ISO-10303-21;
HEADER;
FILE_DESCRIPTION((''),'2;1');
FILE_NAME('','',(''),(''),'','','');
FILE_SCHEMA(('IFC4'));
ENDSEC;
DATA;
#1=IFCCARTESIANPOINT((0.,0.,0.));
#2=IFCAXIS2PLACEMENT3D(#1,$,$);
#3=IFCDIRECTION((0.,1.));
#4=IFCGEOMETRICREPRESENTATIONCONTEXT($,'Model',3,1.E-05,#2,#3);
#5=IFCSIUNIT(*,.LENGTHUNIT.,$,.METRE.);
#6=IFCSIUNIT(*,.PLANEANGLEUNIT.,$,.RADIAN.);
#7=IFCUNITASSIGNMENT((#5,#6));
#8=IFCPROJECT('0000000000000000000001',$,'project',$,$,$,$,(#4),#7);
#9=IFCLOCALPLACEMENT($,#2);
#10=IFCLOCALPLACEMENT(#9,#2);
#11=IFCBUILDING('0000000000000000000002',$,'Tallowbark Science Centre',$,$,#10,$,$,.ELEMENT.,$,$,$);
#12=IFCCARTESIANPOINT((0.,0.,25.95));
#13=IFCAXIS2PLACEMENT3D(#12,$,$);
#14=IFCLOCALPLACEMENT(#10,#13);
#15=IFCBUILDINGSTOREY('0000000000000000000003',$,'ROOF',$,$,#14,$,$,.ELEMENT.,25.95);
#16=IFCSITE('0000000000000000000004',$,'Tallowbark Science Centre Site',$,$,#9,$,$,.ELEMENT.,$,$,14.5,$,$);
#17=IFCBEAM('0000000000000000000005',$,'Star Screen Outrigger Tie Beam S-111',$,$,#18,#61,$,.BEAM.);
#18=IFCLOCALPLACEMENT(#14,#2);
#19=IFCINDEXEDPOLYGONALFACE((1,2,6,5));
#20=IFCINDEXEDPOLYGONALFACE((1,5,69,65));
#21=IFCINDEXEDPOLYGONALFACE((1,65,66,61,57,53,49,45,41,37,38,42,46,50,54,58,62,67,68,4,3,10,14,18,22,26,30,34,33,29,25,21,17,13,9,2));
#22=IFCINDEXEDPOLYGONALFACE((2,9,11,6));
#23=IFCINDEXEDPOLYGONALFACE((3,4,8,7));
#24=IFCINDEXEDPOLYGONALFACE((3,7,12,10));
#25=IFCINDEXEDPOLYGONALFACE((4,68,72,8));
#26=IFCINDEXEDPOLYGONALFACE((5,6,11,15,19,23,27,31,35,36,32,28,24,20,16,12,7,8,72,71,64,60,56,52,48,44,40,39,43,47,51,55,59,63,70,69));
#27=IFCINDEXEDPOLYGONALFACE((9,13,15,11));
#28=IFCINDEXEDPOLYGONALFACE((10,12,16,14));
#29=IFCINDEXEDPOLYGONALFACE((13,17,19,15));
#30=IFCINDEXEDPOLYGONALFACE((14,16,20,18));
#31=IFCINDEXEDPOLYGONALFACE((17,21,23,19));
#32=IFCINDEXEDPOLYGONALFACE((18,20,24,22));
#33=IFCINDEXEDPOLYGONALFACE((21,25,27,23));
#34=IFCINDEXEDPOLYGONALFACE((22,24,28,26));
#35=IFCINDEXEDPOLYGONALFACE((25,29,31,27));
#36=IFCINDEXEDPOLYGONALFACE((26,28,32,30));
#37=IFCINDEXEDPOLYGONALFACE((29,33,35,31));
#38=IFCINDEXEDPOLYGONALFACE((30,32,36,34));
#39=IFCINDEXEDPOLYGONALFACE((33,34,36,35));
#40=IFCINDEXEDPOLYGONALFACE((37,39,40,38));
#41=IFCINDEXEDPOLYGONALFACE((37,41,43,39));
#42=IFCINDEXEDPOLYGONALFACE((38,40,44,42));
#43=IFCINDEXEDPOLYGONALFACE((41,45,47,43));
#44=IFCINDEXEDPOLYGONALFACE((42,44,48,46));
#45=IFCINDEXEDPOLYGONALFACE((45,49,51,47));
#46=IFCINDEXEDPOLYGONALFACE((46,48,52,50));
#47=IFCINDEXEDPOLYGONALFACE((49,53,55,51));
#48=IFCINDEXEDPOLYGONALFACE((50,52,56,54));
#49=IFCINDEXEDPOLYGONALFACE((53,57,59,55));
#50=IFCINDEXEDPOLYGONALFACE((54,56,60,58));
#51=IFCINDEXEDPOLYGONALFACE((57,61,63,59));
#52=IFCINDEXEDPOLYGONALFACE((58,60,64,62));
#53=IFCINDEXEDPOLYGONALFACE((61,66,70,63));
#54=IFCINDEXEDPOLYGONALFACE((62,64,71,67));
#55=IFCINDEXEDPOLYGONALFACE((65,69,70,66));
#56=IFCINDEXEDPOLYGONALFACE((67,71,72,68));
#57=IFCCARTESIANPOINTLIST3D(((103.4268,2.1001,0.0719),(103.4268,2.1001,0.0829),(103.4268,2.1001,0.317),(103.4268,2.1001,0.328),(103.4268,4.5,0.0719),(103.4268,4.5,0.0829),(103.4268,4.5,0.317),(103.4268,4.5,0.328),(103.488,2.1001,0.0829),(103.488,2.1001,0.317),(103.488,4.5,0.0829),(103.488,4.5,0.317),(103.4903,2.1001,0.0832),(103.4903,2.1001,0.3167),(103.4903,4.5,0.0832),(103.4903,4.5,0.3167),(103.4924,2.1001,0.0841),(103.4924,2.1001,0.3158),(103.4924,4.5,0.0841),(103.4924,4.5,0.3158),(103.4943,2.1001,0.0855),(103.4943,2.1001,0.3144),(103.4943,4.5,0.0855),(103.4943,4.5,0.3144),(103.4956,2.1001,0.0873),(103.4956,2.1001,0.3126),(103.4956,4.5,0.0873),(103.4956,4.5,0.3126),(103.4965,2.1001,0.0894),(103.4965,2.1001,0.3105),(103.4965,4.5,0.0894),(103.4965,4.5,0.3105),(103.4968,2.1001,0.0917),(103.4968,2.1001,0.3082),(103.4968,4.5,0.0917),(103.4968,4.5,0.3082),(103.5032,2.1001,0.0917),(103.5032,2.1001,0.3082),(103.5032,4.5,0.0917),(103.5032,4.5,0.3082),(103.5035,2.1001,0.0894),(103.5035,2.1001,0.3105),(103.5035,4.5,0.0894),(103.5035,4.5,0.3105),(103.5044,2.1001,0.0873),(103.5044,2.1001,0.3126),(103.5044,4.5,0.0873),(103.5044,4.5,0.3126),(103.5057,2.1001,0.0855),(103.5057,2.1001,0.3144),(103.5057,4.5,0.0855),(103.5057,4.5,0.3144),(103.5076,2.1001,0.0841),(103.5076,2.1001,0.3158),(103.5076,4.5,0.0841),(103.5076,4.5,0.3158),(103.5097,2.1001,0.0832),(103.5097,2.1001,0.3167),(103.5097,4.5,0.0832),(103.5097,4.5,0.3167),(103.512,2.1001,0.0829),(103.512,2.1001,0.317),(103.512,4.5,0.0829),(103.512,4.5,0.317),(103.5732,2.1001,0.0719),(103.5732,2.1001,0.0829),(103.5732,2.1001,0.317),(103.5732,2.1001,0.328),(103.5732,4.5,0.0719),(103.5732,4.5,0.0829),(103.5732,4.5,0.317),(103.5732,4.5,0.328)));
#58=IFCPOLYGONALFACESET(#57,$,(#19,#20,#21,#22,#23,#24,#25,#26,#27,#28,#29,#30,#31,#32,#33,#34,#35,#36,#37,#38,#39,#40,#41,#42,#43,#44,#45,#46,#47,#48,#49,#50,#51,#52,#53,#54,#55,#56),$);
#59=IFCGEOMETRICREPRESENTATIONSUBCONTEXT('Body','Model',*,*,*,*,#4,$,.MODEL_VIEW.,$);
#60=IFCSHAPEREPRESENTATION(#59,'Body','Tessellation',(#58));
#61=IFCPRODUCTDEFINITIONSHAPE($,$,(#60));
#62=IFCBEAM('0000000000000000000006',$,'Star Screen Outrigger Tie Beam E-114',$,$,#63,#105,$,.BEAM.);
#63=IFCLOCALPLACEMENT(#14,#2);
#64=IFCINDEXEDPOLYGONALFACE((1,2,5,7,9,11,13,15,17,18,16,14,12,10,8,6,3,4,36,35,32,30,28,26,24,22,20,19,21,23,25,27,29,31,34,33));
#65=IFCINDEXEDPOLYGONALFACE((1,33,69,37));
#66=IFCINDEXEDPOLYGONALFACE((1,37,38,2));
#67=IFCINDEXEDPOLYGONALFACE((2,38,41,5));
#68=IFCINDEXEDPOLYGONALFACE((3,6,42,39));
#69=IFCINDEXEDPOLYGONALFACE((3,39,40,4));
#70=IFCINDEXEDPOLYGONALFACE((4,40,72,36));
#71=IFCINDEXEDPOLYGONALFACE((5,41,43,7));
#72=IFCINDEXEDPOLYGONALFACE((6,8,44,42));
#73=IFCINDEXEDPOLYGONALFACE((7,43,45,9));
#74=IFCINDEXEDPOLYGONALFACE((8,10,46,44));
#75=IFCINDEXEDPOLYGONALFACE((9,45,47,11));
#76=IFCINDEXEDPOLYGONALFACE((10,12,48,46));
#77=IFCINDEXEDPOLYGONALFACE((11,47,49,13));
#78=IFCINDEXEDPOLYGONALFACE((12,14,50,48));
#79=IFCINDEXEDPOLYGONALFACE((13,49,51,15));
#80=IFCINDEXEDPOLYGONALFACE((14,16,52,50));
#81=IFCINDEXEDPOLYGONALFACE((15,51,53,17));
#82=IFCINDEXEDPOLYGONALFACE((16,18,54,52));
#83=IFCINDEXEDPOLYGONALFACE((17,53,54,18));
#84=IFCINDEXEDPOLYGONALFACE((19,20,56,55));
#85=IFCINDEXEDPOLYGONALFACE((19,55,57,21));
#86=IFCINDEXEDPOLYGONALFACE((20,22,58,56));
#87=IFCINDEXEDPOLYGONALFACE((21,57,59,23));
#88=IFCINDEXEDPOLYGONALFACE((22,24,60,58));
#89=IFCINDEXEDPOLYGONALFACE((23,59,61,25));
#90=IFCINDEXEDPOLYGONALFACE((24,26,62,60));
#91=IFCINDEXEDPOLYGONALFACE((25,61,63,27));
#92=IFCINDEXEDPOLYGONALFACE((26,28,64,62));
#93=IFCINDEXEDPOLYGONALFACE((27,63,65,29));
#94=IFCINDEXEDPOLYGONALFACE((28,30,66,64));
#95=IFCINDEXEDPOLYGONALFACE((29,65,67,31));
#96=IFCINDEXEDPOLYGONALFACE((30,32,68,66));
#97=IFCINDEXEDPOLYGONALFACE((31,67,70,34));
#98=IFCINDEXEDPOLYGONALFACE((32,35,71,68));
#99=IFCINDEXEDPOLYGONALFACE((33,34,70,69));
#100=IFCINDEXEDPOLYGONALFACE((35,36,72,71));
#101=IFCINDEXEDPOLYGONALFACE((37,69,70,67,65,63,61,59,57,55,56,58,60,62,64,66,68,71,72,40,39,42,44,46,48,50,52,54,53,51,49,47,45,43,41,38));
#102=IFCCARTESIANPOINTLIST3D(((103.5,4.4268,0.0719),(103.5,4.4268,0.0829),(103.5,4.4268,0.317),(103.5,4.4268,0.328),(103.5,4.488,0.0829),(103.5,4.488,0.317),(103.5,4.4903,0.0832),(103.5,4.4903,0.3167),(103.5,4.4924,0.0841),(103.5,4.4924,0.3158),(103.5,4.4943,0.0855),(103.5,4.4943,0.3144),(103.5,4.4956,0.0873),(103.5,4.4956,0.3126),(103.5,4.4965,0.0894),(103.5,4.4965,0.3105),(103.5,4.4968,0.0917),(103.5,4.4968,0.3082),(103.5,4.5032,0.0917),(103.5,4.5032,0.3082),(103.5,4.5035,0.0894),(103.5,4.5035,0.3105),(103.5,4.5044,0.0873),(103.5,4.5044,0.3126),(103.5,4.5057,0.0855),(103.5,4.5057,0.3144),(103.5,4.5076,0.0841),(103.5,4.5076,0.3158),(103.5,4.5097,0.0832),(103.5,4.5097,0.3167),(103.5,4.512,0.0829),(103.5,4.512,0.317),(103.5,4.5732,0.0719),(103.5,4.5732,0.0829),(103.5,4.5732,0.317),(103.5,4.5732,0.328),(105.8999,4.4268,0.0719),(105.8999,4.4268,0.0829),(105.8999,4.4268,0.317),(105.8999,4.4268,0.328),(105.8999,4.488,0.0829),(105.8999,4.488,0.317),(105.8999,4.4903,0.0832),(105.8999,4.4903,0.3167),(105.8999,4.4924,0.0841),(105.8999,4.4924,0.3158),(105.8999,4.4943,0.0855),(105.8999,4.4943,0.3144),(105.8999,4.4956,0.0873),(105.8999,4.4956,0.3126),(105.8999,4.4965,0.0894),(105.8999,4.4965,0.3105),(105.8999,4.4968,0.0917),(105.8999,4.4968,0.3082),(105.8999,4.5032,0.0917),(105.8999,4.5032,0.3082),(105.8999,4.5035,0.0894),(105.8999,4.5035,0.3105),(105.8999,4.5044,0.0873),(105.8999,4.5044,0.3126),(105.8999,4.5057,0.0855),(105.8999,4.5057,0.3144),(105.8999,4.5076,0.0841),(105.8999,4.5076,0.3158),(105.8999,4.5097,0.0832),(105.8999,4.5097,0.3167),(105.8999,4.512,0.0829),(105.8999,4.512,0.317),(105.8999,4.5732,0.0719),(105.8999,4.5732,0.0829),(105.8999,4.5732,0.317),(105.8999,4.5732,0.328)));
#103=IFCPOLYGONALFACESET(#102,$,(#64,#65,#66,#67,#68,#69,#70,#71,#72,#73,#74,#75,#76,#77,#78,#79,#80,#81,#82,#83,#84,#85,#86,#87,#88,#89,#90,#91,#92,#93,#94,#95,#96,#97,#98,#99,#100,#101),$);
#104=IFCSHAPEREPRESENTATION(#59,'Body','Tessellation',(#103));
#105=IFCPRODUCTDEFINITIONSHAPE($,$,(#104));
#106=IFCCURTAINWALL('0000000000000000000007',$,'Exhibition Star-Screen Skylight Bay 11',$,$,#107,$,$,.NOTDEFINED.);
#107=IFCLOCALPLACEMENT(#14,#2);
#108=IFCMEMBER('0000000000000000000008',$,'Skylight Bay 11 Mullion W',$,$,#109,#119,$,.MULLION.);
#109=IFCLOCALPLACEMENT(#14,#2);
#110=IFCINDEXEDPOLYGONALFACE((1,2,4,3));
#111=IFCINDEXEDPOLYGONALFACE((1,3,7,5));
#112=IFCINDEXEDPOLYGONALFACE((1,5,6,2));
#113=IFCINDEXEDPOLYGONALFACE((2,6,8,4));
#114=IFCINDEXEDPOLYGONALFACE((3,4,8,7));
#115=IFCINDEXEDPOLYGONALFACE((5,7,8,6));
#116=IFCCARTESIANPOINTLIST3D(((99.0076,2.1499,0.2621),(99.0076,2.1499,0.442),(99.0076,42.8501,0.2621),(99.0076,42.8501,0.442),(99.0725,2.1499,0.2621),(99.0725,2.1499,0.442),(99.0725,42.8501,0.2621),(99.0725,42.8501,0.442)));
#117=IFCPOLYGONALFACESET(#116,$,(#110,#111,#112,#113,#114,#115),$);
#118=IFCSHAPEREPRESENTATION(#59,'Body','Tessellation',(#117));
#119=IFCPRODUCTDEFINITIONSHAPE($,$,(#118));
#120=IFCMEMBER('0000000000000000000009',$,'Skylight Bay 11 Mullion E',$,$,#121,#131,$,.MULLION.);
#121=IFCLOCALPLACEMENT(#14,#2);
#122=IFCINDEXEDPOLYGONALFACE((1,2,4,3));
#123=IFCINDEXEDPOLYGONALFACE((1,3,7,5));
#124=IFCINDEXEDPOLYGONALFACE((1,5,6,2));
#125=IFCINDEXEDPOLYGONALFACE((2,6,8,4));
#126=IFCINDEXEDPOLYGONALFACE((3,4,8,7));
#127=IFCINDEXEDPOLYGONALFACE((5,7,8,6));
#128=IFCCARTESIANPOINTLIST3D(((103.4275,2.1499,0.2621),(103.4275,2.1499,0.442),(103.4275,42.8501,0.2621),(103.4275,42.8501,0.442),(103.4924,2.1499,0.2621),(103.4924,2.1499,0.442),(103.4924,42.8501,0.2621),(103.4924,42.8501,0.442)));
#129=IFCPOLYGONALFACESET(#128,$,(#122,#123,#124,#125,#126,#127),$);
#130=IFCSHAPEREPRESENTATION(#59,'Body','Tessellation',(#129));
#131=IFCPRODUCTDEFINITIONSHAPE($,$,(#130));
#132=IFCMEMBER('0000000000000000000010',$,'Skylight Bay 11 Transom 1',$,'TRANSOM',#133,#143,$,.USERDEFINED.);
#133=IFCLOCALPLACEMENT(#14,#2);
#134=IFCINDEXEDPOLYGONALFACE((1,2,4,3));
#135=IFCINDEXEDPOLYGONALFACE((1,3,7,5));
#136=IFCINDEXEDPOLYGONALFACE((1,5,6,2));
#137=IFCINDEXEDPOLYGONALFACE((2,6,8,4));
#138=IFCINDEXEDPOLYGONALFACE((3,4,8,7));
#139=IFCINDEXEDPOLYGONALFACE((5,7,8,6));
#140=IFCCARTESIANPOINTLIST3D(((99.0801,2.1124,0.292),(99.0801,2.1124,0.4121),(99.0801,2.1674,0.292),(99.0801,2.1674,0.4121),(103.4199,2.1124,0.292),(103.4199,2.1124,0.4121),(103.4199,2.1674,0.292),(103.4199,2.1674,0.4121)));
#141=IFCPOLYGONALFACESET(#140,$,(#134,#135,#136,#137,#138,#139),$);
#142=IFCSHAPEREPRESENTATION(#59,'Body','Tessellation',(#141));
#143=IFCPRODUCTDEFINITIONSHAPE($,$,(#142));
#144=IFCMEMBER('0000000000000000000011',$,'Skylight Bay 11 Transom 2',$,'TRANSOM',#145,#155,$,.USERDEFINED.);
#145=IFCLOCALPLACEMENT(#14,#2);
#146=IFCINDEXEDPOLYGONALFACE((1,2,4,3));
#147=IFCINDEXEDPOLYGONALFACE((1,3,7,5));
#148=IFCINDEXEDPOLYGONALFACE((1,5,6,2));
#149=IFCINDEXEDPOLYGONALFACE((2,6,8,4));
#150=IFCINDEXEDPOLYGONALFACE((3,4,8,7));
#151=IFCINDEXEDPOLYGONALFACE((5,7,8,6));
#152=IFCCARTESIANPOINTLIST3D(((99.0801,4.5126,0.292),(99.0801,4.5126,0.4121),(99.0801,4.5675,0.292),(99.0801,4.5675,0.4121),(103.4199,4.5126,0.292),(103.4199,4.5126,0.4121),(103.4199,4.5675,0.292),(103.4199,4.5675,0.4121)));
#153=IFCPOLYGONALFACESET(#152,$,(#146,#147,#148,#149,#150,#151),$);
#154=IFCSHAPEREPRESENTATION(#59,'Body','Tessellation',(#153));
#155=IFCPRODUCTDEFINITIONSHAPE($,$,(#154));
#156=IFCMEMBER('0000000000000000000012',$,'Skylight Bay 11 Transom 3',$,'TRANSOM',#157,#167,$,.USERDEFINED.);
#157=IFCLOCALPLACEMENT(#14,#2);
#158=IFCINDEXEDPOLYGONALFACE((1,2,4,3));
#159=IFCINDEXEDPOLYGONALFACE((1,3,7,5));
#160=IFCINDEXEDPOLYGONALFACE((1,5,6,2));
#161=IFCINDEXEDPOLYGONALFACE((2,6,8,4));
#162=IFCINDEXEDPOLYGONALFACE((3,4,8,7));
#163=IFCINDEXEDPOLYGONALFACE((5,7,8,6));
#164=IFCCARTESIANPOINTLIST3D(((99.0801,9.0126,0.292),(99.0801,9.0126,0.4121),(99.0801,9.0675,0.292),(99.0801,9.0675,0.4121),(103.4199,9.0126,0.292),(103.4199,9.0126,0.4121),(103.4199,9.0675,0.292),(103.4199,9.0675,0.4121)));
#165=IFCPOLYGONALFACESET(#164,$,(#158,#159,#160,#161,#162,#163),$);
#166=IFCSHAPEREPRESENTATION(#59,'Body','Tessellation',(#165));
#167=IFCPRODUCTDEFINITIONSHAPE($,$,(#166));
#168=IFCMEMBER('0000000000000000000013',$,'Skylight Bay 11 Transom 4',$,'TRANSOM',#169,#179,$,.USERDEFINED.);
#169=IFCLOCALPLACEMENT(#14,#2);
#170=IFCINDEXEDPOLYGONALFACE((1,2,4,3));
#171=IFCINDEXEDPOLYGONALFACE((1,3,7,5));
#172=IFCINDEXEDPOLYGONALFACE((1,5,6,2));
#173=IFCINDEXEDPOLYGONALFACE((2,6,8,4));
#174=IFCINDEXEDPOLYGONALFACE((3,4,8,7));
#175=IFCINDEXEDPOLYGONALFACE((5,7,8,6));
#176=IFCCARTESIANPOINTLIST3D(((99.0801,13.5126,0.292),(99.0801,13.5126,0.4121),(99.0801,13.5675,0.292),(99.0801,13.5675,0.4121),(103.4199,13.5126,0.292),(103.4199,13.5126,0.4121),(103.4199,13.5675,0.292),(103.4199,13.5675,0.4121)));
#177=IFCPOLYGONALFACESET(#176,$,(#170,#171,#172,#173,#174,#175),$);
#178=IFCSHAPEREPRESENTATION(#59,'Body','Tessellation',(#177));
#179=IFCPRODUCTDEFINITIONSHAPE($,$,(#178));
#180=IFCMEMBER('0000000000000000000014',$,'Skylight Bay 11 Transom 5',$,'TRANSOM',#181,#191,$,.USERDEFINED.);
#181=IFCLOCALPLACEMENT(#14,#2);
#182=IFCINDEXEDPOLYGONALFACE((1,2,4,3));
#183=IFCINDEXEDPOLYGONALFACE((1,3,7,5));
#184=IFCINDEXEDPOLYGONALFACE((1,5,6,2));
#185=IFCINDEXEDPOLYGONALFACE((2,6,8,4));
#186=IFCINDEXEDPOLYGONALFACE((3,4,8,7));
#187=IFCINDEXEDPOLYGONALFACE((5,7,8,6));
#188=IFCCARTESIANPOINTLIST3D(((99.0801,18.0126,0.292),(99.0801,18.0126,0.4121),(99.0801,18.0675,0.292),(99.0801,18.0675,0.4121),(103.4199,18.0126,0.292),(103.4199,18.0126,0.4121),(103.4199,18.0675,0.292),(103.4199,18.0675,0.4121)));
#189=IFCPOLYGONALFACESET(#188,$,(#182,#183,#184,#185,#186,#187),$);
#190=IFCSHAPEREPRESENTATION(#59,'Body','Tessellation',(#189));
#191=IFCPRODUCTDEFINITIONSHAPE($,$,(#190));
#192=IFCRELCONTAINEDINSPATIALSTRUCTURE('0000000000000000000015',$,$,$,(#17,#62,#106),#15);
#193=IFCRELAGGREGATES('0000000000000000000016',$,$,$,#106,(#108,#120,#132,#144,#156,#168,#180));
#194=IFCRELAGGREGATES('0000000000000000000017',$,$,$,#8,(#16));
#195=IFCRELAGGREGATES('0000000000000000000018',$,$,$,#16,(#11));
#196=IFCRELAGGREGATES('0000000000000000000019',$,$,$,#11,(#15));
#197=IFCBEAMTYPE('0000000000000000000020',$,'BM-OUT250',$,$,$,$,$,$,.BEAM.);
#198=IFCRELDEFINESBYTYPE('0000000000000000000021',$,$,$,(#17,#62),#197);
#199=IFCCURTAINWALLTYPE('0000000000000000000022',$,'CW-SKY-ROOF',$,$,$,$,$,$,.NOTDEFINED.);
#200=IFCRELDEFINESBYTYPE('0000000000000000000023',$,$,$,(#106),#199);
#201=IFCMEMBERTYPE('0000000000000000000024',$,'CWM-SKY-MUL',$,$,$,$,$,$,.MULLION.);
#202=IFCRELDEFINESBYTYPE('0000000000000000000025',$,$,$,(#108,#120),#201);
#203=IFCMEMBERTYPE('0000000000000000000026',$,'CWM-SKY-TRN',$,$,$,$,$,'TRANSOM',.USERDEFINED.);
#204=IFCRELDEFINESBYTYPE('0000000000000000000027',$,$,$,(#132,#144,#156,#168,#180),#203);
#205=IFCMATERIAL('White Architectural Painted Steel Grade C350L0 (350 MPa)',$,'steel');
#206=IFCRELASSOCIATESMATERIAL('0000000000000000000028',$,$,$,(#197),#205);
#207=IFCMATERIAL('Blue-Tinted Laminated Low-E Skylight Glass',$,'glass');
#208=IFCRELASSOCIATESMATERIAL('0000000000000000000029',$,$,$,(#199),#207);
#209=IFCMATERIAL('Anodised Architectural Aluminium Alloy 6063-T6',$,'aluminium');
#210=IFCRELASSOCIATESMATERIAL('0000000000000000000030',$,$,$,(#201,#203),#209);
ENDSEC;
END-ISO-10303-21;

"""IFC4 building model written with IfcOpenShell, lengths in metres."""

from ifc_helpers import new_model, si_unit, direction, frame, origin, origin_2d, place, context, subcontext, project, spatial, rectangle, i_section, extrude, material, material_profile, profile_set, type_object, element, aggregate, save


model = new_model("IFC4")

# Units and contexts
model_context = context("Model", 3, precision=1e-05, world=origin(), true_north=direction((0.0, 1.0)))
body_context = subcontext(model_context, "Body", "Model", "MODEL_VIEW")
ifc_project = project(units=[si_unit("LENGTHUNIT", "METRE"), si_unit("PLANEANGLEUNIT", "RADIAN")], contexts=[model_context])

# Site, building, storey
site_placement = place(None, origin())
site = spatial("IfcSite", under=ifc_project, at=site_placement, Name="Tallowbark Science Centre Site", CompositionType="ELEMENT", RefElevation=14.5)
building_placement = place(site_placement, origin())
building = spatial("IfcBuilding", under=site, at=building_placement, Name="Tallowbark Science Centre", CompositionType="ELEMENT")
storey_placement = place(building_placement, frame((0.0, 0.0, 25.95)))
storey = spatial("IfcBuildingStorey", under=building, at=storey_placement, Name="ROOF", CompositionType="ELEMENT", Elevation=25.95)

# Beams
ifc_material_1 = material(Name="White Architectural Painted Steel Grade C350L0 (350 MPa)", Category="steel")
ifc_material_profile_1 = material_profile(ifc_material_1, i_section(OverallWidth=0.1465, OverallDepth=0.2561, WebThickness=0.0063, FlangeThickness=0.011, FilletRadius=0.0088, at=origin_2d()), Name="250UB37.3")
ifc_profile_set_1 = profile_set([ifc_material_profile_1], Name="White Architectural Painted Steel Grade C350L0 (350 MPa)")
beam_type = type_object("IfcBeamType", Name="BM-OUT250", PredefinedType="BEAM", material=ifc_profile_set_1)
for number, where, z_axis, x_axis, name in (
    (1, (103.5, 4.5, 0.2), (0.0, -1.0, 0.0), (1.0, 0.0, 0.0), "Star Screen Outrigger Tie Beam S-111"),
    (2, (103.5, 4.5, 0.2), (1.0, 0.0, 0.0), (0.0, 1.0, 0.0), "Star Screen Outrigger Tie Beam E-114"),
):
    element("IfcBeam", number, at=place(storey_placement, frame(where, z_axis=z_axis, x_axis=x_axis)), inside=storey, type_object=beam_type, Name=name, PredefinedType="BEAM", context=body_context, shape_type="SweptSolid", body=[
        extrude(i_section(OverallWidth=0.1465, OverallDepth=0.2561, WebThickness=0.0063, FlangeThickness=0.011, FilletRadius=0.0088, at=origin_2d()), origin(), (0.0, 0.0, 1.0), 2.3999),
    ])

# Curtain wall, members
ifc_material_2 = material(Name="Blue-Tinted Laminated Low-E Skylight Glass", Category="glass")
curtain_wall_type = type_object("IfcCurtainWallType", Name="CW-SKY-ROOF", PredefinedType="NOTDEFINED", material=ifc_material_2)
curtain_wall_placement = place(storey_placement, origin())
curtain_wall = element("IfcCurtainWall", 3, at=curtain_wall_placement, inside=storey, type_object=curtain_wall_type, Name="Exhibition Star-Screen Skylight Bay 11", PredefinedType="NOTDEFINED")
ifc_material_3 = material(Name="Anodised Architectural Aluminium Alloy 6063-T6", Category="aluminium")
ifc_material_profile_2 = material_profile(ifc_material_3, rectangle(XDim=0.0649, YDim=0.1799, at=origin_2d()), Name="ALU65x180")
ifc_profile_set_2 = profile_set([ifc_material_profile_2], Name="Anodised Architectural Aluminium Alloy 6063-T6")
member_type_1 = type_object("IfcMemberType", Name="CWM-SKY-MUL", PredefinedType="MULLION", material=ifc_profile_set_2)
member_1_placement = place(storey_placement, frame((99.04, 2.1499, 0.3521), z_axis=(0.0, 1.0, 0.0), x_axis=(-1.0, 0.0, 0.0)))
member_1 = element("IfcMember", 4, at=member_1_placement, type_object=member_type_1, Name="Skylight Bay 11 Mullion W", PredefinedType="MULLION", context=body_context, shape_type="SweptSolid", body=[
    extrude(rectangle(XDim=0.0649, YDim=0.1799, at=origin_2d()), origin(), (0.0, 0.0, 1.0), 40.7002),
])
member_2_placement = place(storey_placement, frame((103.46, 2.1499, 0.3521), z_axis=(0.0, 1.0, 0.0), x_axis=(-1.0, 0.0, 0.0)))
member_2 = element("IfcMember", 5, at=member_2_placement, type_object=member_type_1, Name="Skylight Bay 11 Mullion E", PredefinedType="MULLION", context=body_context, shape_type="SweptSolid", body=[
    extrude(rectangle(XDim=0.0649, YDim=0.1799, at=origin_2d()), origin(), (0.0, 0.0, 1.0), 40.7002),
])
ifc_material_profile_3 = material_profile(ifc_material_3, rectangle(XDim=0.0549, YDim=0.1201, at=origin_2d()), Name="ALU55x120")
ifc_profile_set_3 = profile_set([ifc_material_profile_3], Name="Anodised Architectural Aluminium Alloy 6063-T6")
member_type_2 = type_object("IfcMemberType", Name="CWM-SKY-TRN", ElementType="TRANSOM", PredefinedType="USERDEFINED", material=ifc_profile_set_3)
member_3_placement = place(storey_placement, frame((99.0801, 2.1399, 0.3521), z_axis=(1.0, 0.0, 0.0), x_axis=(0.0, 1.0, 0.0)))
member_3 = element("IfcMember", 6, at=member_3_placement, type_object=member_type_2, Name="Skylight Bay 11 Transom 1", ObjectType="TRANSOM", PredefinedType="USERDEFINED", context=body_context, shape_type="SweptSolid", body=[
    extrude(rectangle(XDim=0.0549, YDim=0.1201, at=origin_2d()), origin(), (0.0, 0.0, 1.0), 4.3398),
])
member_4_placement = place(storey_placement, frame((99.0801, 4.54, 0.3521), z_axis=(1.0, 0.0, 0.0), x_axis=(0.0, 1.0, 0.0)))
member_4 = element("IfcMember", 7, at=member_4_placement, type_object=member_type_2, Name="Skylight Bay 11 Transom 2", ObjectType="TRANSOM", PredefinedType="USERDEFINED", context=body_context, shape_type="SweptSolid", body=[
    extrude(rectangle(XDim=0.0549, YDim=0.1201, at=origin_2d()), origin(), (0.0, 0.0, 1.0), 4.3398),
])
member_5_placement = place(storey_placement, frame((99.0801, 9.04, 0.3521), z_axis=(1.0, 0.0, 0.0), x_axis=(0.0, 1.0, 0.0)))
member_5 = element("IfcMember", 8, at=member_5_placement, type_object=member_type_2, Name="Skylight Bay 11 Transom 3", ObjectType="TRANSOM", PredefinedType="USERDEFINED", context=body_context, shape_type="SweptSolid", body=[
    extrude(rectangle(XDim=0.0549, YDim=0.1201, at=origin_2d()), origin(), (0.0, 0.0, 1.0), 4.3398),
])
member_6_placement = place(storey_placement, frame((99.0801, 13.54, 0.3521), z_axis=(1.0, 0.0, 0.0), x_axis=(0.0, 1.0, 0.0)))
member_6 = element("IfcMember", 9, at=member_6_placement, type_object=member_type_2, Name="Skylight Bay 11 Transom 4", ObjectType="TRANSOM", PredefinedType="USERDEFINED", context=body_context, shape_type="SweptSolid", body=[
    extrude(rectangle(XDim=0.0549, YDim=0.1201, at=origin_2d()), origin(), (0.0, 0.0, 1.0), 4.3398),
])
member_7_placement = place(storey_placement, frame((99.0801, 18.04, 0.3521), z_axis=(1.0, 0.0, 0.0), x_axis=(0.0, 1.0, 0.0)))
member_7 = element("IfcMember", 10, at=member_7_placement, type_object=member_type_2, Name="Skylight Bay 11 Transom 5", ObjectType="TRANSOM", PredefinedType="USERDEFINED", context=body_context, shape_type="SweptSolid", body=[
    extrude(rectangle(XDim=0.0549, YDim=0.1201, at=origin_2d()), origin(), (0.0, 0.0, 1.0), 4.3398),
])

aggregate(curtain_wall, [member_1, member_2, member_3, member_4, member_5, member_6, member_7])

save(model, "model.ifc")
